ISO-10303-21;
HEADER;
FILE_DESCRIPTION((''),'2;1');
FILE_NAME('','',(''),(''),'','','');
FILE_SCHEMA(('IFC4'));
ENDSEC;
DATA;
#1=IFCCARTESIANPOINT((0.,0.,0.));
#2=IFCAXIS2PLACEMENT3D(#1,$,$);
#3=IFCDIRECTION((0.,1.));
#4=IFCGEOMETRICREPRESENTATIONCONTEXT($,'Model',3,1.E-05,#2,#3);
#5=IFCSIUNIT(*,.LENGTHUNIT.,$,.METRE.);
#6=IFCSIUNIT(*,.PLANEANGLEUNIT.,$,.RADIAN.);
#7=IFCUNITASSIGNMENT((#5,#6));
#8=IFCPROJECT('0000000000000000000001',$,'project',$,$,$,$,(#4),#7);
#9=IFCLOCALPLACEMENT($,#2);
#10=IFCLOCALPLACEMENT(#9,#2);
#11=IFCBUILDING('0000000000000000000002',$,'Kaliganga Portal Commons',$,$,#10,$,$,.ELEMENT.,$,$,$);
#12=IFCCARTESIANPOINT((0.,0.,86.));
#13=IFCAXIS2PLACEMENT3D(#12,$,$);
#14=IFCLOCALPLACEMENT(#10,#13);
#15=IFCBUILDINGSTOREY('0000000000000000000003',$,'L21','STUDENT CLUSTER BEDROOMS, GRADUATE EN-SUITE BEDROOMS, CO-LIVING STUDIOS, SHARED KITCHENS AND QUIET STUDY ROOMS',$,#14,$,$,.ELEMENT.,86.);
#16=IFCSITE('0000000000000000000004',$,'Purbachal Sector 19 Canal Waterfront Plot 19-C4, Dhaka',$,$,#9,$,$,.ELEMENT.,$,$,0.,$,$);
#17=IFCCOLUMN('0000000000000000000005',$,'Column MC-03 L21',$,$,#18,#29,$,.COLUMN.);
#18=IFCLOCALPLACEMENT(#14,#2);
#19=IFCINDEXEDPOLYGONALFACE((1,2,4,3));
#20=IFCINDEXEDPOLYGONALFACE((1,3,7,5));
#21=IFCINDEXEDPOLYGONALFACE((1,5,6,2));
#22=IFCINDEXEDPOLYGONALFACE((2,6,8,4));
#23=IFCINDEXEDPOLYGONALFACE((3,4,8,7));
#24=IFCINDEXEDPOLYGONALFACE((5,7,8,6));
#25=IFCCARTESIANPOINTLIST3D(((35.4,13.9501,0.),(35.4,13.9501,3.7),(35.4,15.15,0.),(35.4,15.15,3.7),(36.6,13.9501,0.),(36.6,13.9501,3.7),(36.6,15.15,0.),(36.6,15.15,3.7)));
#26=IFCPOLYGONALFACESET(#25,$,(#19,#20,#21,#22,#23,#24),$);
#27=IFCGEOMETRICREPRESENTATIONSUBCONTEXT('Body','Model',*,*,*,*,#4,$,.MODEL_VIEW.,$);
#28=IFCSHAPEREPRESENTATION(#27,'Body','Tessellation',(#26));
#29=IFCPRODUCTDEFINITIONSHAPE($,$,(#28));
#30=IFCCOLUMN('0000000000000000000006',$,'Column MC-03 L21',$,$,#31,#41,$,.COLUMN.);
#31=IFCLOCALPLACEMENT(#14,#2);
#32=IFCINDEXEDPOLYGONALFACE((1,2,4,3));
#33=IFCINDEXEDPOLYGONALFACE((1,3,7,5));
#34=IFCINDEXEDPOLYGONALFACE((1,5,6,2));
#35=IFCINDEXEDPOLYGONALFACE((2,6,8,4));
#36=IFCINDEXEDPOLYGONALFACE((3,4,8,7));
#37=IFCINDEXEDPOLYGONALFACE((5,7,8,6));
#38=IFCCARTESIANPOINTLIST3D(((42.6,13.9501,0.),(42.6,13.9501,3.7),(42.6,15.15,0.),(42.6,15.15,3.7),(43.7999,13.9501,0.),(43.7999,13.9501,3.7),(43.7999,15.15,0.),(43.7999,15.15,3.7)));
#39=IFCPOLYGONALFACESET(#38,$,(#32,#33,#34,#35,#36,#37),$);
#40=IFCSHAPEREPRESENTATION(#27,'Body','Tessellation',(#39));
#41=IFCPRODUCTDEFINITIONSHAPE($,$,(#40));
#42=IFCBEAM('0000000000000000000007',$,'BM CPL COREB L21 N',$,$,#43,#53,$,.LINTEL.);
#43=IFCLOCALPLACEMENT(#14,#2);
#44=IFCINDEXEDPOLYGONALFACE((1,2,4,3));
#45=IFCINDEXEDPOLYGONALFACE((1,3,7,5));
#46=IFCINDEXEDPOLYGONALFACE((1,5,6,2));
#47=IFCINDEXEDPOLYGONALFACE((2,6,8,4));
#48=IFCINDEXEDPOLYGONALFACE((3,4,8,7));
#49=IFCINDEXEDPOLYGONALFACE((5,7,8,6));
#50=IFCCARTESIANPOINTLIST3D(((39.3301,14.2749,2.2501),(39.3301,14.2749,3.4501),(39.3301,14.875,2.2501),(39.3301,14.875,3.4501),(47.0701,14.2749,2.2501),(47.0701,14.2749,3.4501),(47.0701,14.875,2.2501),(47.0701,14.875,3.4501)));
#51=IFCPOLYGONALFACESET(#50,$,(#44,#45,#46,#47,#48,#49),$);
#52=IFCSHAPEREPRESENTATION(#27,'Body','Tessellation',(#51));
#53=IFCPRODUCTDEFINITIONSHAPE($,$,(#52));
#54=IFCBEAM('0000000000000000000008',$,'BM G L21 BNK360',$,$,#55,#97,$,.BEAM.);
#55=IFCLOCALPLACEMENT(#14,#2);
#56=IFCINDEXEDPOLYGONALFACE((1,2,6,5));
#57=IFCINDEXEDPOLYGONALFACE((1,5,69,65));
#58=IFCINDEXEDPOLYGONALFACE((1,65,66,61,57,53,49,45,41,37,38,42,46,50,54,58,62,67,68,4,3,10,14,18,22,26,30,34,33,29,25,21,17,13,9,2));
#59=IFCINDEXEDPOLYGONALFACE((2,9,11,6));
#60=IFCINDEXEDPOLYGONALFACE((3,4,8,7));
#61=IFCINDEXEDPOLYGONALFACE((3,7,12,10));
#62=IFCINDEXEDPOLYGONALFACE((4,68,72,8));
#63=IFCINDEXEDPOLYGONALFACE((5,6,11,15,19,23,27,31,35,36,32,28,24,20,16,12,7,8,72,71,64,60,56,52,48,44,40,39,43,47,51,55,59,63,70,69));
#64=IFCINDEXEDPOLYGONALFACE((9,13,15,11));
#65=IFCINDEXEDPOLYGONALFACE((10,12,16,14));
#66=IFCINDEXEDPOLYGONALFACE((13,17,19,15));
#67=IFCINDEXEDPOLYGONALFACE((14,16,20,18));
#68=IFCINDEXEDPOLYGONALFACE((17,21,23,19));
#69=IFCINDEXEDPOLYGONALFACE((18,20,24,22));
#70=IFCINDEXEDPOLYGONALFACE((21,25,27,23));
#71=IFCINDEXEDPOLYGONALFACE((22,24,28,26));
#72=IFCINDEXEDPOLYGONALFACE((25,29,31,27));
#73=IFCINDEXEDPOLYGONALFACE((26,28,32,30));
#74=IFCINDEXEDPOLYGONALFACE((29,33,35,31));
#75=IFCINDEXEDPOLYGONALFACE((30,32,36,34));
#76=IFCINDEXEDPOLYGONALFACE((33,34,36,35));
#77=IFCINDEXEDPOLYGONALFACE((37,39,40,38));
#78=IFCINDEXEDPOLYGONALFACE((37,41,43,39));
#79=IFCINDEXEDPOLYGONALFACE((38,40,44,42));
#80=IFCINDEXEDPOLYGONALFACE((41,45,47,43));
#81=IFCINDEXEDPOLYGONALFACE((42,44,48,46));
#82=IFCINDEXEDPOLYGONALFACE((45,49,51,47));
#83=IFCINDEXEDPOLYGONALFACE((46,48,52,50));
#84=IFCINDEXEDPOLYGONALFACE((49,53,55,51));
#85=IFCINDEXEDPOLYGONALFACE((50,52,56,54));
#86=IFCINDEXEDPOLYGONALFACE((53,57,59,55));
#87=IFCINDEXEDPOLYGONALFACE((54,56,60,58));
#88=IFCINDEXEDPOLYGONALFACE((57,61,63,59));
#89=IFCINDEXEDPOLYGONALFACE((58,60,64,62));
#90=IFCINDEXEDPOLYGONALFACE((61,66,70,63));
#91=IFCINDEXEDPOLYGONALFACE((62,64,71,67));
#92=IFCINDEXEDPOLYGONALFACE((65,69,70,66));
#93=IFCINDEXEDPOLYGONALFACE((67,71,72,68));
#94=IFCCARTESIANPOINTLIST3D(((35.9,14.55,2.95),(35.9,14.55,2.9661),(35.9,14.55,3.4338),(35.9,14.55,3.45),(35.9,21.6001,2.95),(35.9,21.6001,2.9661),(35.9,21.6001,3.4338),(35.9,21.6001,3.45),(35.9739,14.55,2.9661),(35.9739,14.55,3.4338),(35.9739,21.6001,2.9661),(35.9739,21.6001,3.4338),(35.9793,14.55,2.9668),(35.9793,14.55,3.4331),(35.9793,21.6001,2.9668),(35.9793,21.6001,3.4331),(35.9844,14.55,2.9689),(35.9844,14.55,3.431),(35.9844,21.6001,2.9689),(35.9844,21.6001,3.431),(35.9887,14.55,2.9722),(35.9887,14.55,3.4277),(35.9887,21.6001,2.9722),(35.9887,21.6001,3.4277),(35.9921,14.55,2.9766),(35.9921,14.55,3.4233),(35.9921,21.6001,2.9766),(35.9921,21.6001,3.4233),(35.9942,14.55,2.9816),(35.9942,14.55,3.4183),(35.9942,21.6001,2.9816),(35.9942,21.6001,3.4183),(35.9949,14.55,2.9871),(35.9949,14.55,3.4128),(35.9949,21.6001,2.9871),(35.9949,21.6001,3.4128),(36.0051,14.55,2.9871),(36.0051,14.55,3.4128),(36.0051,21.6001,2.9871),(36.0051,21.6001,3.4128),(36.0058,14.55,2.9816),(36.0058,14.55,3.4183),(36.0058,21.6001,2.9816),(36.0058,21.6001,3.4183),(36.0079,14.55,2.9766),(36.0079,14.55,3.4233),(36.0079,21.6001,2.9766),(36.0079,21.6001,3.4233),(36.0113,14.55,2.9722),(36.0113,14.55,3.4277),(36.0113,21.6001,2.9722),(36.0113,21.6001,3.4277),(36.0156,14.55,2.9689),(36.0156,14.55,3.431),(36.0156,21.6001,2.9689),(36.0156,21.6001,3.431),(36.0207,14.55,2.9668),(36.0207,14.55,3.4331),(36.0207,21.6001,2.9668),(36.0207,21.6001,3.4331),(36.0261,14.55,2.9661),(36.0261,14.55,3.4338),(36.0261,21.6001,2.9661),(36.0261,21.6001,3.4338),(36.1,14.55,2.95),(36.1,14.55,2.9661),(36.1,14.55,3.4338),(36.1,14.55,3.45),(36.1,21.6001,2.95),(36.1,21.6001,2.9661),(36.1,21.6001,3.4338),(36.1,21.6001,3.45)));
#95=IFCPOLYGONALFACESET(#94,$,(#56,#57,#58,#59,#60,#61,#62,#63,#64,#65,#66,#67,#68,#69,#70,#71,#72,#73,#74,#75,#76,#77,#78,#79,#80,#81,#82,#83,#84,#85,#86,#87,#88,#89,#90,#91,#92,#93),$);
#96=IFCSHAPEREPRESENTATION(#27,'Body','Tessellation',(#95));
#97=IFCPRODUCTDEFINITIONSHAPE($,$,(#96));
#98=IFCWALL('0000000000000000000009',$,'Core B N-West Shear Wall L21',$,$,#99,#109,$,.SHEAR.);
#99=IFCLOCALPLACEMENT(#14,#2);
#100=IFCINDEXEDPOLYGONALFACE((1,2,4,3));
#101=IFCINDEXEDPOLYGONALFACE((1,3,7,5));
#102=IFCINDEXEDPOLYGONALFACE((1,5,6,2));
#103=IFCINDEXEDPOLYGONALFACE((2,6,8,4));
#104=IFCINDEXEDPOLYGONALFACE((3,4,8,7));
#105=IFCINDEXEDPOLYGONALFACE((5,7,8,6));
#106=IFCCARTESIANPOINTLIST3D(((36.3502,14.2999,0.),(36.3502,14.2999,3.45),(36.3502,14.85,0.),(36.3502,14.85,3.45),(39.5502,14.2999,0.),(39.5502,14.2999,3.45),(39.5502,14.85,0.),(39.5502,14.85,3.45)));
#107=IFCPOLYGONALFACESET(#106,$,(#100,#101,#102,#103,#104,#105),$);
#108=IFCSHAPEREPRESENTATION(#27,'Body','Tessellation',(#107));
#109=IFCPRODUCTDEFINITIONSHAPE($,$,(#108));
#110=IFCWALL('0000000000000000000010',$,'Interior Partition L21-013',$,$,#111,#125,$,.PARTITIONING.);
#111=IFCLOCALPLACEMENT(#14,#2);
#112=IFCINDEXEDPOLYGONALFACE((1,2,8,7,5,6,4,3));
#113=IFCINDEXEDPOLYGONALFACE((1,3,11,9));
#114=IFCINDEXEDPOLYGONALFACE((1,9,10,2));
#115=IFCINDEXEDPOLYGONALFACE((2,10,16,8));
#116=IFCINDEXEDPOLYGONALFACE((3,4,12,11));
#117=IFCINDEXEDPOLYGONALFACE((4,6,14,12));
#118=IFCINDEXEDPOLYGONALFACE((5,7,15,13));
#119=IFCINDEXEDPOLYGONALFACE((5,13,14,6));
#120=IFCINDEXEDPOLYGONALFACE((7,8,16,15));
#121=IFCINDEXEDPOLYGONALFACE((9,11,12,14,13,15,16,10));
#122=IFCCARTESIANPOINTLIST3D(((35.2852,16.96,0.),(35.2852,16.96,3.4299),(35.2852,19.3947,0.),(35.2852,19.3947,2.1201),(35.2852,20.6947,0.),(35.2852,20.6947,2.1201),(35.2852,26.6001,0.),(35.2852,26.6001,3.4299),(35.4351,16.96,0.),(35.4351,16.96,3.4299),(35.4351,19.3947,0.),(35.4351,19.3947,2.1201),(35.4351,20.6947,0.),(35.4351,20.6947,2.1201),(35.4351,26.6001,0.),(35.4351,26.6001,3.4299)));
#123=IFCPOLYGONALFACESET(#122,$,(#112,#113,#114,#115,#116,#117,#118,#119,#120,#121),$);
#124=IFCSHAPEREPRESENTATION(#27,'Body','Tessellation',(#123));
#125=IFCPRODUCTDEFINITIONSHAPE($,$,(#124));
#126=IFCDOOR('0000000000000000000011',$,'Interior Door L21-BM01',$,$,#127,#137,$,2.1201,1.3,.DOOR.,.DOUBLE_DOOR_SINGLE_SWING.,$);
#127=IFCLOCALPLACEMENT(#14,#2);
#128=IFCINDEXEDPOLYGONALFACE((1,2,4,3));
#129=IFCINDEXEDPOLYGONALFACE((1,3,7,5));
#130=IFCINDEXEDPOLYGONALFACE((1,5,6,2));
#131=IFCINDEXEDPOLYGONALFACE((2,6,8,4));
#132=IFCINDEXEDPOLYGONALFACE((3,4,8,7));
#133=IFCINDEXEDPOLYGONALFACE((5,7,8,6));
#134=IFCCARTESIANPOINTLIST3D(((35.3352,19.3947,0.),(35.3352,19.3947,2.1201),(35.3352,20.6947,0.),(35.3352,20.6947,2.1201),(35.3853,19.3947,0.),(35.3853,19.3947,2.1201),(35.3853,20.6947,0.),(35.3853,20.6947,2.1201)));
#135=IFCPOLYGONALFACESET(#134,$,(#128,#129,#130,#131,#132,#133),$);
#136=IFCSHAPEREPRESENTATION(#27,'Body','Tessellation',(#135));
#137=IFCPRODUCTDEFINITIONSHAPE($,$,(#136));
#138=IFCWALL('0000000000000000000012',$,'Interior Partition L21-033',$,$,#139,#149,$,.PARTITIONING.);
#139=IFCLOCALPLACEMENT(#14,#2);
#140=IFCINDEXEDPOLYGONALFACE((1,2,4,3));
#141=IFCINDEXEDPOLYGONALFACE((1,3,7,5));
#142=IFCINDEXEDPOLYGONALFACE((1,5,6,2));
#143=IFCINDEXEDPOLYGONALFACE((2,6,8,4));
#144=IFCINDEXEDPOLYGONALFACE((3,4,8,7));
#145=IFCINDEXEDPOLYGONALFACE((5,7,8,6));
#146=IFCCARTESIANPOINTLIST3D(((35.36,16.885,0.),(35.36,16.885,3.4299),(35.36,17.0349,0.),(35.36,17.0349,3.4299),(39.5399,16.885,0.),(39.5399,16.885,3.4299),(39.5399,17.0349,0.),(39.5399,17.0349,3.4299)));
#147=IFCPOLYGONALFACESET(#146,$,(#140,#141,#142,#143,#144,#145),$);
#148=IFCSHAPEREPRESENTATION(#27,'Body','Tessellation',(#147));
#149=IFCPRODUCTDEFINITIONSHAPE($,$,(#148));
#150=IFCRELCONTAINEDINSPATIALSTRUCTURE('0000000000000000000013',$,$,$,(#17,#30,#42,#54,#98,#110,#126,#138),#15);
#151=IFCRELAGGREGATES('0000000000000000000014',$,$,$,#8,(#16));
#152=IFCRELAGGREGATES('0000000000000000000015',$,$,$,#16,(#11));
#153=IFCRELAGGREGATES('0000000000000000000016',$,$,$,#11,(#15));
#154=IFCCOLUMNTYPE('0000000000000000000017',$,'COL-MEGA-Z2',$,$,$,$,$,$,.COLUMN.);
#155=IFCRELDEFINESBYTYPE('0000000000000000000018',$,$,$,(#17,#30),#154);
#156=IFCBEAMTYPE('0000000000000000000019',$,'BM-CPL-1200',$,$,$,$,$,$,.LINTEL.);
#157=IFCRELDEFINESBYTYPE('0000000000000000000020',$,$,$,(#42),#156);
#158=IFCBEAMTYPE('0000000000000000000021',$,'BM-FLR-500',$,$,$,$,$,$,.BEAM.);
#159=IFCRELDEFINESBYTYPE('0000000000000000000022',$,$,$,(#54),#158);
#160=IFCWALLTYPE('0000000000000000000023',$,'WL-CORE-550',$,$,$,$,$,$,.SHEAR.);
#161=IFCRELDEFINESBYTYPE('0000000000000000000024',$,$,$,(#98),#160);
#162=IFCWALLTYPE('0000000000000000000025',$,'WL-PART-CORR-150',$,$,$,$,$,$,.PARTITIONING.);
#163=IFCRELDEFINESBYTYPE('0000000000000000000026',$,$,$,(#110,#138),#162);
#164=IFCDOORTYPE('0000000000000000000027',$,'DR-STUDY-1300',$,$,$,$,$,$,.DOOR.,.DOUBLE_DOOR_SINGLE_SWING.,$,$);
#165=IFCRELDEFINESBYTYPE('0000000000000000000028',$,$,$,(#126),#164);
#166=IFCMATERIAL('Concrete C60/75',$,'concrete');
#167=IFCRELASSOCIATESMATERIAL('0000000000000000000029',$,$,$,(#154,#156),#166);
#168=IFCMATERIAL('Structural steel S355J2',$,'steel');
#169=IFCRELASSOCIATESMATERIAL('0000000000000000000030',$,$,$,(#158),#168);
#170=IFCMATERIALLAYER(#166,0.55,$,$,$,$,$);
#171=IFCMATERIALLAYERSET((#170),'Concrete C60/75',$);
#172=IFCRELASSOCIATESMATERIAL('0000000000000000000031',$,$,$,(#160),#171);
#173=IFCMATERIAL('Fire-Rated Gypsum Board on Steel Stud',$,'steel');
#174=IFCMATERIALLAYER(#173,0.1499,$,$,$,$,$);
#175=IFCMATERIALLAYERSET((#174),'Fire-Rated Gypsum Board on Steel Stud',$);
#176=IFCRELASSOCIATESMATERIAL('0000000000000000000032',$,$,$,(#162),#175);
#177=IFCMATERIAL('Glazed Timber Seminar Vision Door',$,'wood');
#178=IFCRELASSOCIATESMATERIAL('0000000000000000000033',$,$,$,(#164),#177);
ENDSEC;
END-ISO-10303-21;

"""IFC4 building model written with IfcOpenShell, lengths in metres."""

from ifc_helpers import new_model, si_unit, direction, frame, frame_2d, origin, origin_2d, place, context, subcontext, project, spatial, rectangle, i_section, extrude, source, transform, mapped, material, layer, layer_set, material_profile, profile_set, type_object, element, fill, save


model = new_model("IFC4")

# Units and contexts
model_context = context("Model", 3, precision=1e-05, world=origin(), true_north=direction((0.0, 1.0)))
body_context = subcontext(model_context, "Body", "Model", "MODEL_VIEW")
ifc_project = project(units=[si_unit("LENGTHUNIT", "METRE"), si_unit("PLANEANGLEUNIT", "RADIAN")], contexts=[model_context])

# Site, building, storey
site_placement = place(None, origin())
site = spatial("IfcSite", under=ifc_project, at=site_placement, Name="Purbachal Sector 19 Canal Waterfront Plot 19-C4, Dhaka", CompositionType="ELEMENT", RefElevation=0.0)
building_placement = place(site_placement, origin())
building = spatial("IfcBuilding", under=site, at=building_placement, Name="Kaliganga Portal Commons", CompositionType="ELEMENT")
storey_placement = place(building_placement, frame((0.0, 0.0, 86.0)))
storey = spatial("IfcBuildingStorey", under=building, at=storey_placement, Name="L21", Description="STUDENT CLUSTER BEDROOMS, GRADUATE EN-SUITE BEDROOMS, CO-LIVING STUDIOS, SHARED KITCHENS AND QUIET STUDY ROOMS", CompositionType="ELEMENT", Elevation=86.0)

# Columns
ifc_material_1 = material(Name="Concrete C60/75", Category="concrete")
ifc_material_profile_1 = material_profile(ifc_material_1, rectangle(XDim=1.2, YDim=1.2, at=origin_2d()), Name="RC 1200x1200")
ifc_profile_set_1 = profile_set([ifc_material_profile_1], Name="Concrete C60/75")
column_type = type_object("IfcColumnType", Name="COL-MEGA-Z2", PredefinedType="COLUMN", material=ifc_profile_set_1)
shared_shape_1 = source(origin(), body_context, "Body", "SweptSolid", [
    extrude(rectangle(XDim=1.2, YDim=1.2, at=origin_2d()), origin(), (0.0, 0.0, 1.0), 3.7),
])
for number, where, z_axis, x_axis, name in (
    (1, (36.0, 14.55, 0.0), (0.0, 0.0, 1.0), (1.0, 0.0, 0.0), "Column MC-03 L21"),
    (2, (43.2, 14.55, 0.0), (0.0, 0.0, 1.0), (1.0, 0.0, 0.0), "Column MC-03 L21"),
):
    element("IfcColumn", number, at=place(storey_placement, frame(where, z_axis=z_axis, x_axis=x_axis)), inside=storey, type_object=column_type, Name=name, PredefinedType="COLUMN", context=body_context, shape_type="MappedRepresentation", body=[
        mapped(shared_shape_1, transform((0.0, 0.0, 0.0), x_axis=(1.0, 0.0, 0.0), y_axis=(0.0, 1.0, 0.0), z_axis=(0.0, 0.0, 1.0), scale=1.0)),
    ])

# Beams
ifc_material_profile_2 = material_profile(ifc_material_1, rectangle(XDim=0.6001, YDim=1.2, at=origin_2d()), Name="RC 600x1200")
ifc_profile_set_2 = profile_set([ifc_material_profile_2], Name="Concrete C60/75")
beam_type_1 = type_object("IfcBeamType", Name="BM-CPL-1200", PredefinedType="LINTEL", material=ifc_profile_set_2)
shared_shape_2 = source(origin(), body_context, "Body", "SweptSolid", [
    extrude(rectangle(XDim=0.6001, YDim=1.2, at=origin_2d()), origin(), (0.0, 0.0, 1.0), 7.74),
])
beam_1_placement = place(storey_placement, frame((39.3301, 14.575, 2.8501), z_axis=(1.0, 0.0, 0.0), x_axis=(0.0, 1.0, 0.0)))
element("IfcBeam", 3, at=beam_1_placement, inside=storey, type_object=beam_type_1, Name="BM CPL COREB L21 N", PredefinedType="LINTEL", context=body_context, shape_type="MappedRepresentation", body=[
    mapped(shared_shape_2, transform((0.0, 0.0, 0.0), x_axis=(1.0, 0.0, 0.0), y_axis=(0.0, 1.0, 0.0), z_axis=(0.0, 0.0, 1.0), scale=1.0)),
])
ifc_material_2 = material(Name="Structural steel S355J2", Category="steel")
ifc_material_profile_3 = material_profile(ifc_material_2, i_section(OverallWidth=0.2, OverallDepth=0.5, WebThickness=0.0103, FlangeThickness=0.0161, FilletRadius=0.021, at=origin_2d()), Name="IPE 500")
ifc_profile_set_3 = profile_set([ifc_material_profile_3], Name="Structural steel S355J2 wide-flange")
beam_type_2 = type_object("IfcBeamType", Name="BM-FLR-500", PredefinedType="BEAM", material=ifc_profile_set_3)
shared_shape_3 = source(origin(), body_context, "Body", "SweptSolid", [
    extrude(i_section(OverallWidth=0.2, OverallDepth=0.5, WebThickness=0.0103, FlangeThickness=0.0161, FilletRadius=0.021, at=origin_2d()), origin(), (0.0, 0.0, 1.0), 7.05),
])
beam_2_placement = place(storey_placement, frame((36.0, 14.55, 3.2), z_axis=(0.0, 1.0, 0.0), x_axis=(-1.0, 0.0, 0.0)))
element("IfcBeam", 4, at=beam_2_placement, inside=storey, type_object=beam_type_2, Name="BM G L21 BNK360", PredefinedType="BEAM", context=body_context, shape_type="MappedRepresentation", body=[
    mapped(shared_shape_3, transform((0.0, 0.0, 0.0), x_axis=(1.0, 0.0, 0.0), y_axis=(0.0, 1.0, 0.0), z_axis=(0.0, 0.0, 1.0), scale=1.0)),
])

# Wall
ifc_layer_1 = layer(ifc_material_1, 0.55)
ifc_layer_set_1 = layer_set([ifc_layer_1], Name="Concrete C60/75")
wall_type_1 = type_object("IfcWallType", Name="WL-CORE-550", PredefinedType="SHEAR", material=ifc_layer_set_1)
wall_1_placement = place(storey_placement, frame((36.3501, 14.575, 0.0), z_axis=(0.0, 0.0, 1.0), x_axis=(1.0, 0.0, 0.0)))
element("IfcWall", 5, at=wall_1_placement, inside=storey, type_object=wall_type_1, Name="Core B N-West Shear Wall L21", PredefinedType="SHEAR", context=body_context, shape_type="SweptSolid", body=[
    extrude(rectangle(XDim=3.2, YDim=0.55, at=frame_2d((1.6001, 0.0))), origin(), (0.0, 0.0, 1.0), 3.45),
])

# Wall, opening, door
ifc_material_3 = material(Name="Fire-Rated Gypsum Board on Steel Stud", Category="steel")
ifc_layer_2 = layer(ifc_material_3, 0.1499)
ifc_layer_set_2 = layer_set([ifc_layer_2], Name="Fire-Rated Gypsum Board on Steel Stud")
wall_type_2 = type_object("IfcWallType", Name="WL-PART-CORR-150", PredefinedType="PARTITIONING", material=ifc_layer_set_2)
wall_2_placement = place(storey_placement, frame((35.3601, 16.96, 0.0), z_axis=(0.0, 0.0, 1.0), x_axis=(0.0, 1.0, 0.0)))
wall_2 = element("IfcWall", 6, at=wall_2_placement, inside=storey, type_object=wall_type_2, Name="Interior Partition L21-013", PredefinedType="PARTITIONING", context=body_context, shape_type="SweptSolid", body=[
    extrude(rectangle(XDim=9.6401, YDim=0.1499, at=frame_2d((4.8201, 0.0))), origin(), (0.0, 0.0, 1.0), 3.4299),
])
opening_1_placement = place(wall_2_placement, frame((2.4348, 0.0, 0.0)))
opening_1 = element("IfcOpeningElement", 7, at=opening_1_placement, cuts=wall_2, PredefinedType="OPENING", context=body_context, shape_type="SweptSolid", body=[
    extrude(rectangle(XDim=1.3, YDim=2.1201, at=frame_2d((0.6499, 1.0601))), frame((0.0, 0.085, 0.0), z_axis=(0.0, -1.0, 0.0), x_axis=(1.0, 0.0, 0.0)), (0.0, 0.0, 1.0), 0.1699),
])
ifc_material_4 = material(Name="Glazed Timber Seminar Vision Door", Category="wood")
door_type_1 = type_object("IfcDoorType", Name="DR-STUDY-1300", OperationType="DOUBLE_DOOR_SINGLE_SWING", PredefinedType="DOOR", material=ifc_material_4)
door_1_placement = place(opening_1_placement, origin())
door_1 = element("IfcDoor", 8, at=door_1_placement, inside=storey, type_object=door_type_1, Name="Interior Door L21-BM01", OperationType="DOUBLE_DOOR_SINGLE_SWING", OverallHeight=2.1201, OverallWidth=1.3, PredefinedType="DOOR", context=body_context, shape_type="SweptSolid", body=[
    extrude(rectangle(XDim=1.3, YDim=2.1201, at=frame_2d((0.6499, 1.0601))), frame((0.0, 0.0249, 0.0), z_axis=(0.0, -1.0, 0.0), x_axis=(1.0, 0.0, 0.0)), (0.0, 0.0, 1.0), 0.05),
])
fill(opening_1, door_1)

# Wall
wall_3_placement = place(storey_placement, frame((35.3601, 16.96, 0.0), z_axis=(0.0, 0.0, 1.0), x_axis=(1.0, 0.0, 0.0)))
element("IfcWall", 9, at=wall_3_placement, inside=storey, type_object=wall_type_2, Name="Interior Partition L21-033", PredefinedType="PARTITIONING", context=body_context, shape_type="SweptSolid", body=[
    extrude(rectangle(XDim=4.1799, YDim=0.1499, at=frame_2d((2.0898, 0.0))), origin(), (0.0, 0.0, 1.0), 3.4299),
])

save(model, "model.ifc")
